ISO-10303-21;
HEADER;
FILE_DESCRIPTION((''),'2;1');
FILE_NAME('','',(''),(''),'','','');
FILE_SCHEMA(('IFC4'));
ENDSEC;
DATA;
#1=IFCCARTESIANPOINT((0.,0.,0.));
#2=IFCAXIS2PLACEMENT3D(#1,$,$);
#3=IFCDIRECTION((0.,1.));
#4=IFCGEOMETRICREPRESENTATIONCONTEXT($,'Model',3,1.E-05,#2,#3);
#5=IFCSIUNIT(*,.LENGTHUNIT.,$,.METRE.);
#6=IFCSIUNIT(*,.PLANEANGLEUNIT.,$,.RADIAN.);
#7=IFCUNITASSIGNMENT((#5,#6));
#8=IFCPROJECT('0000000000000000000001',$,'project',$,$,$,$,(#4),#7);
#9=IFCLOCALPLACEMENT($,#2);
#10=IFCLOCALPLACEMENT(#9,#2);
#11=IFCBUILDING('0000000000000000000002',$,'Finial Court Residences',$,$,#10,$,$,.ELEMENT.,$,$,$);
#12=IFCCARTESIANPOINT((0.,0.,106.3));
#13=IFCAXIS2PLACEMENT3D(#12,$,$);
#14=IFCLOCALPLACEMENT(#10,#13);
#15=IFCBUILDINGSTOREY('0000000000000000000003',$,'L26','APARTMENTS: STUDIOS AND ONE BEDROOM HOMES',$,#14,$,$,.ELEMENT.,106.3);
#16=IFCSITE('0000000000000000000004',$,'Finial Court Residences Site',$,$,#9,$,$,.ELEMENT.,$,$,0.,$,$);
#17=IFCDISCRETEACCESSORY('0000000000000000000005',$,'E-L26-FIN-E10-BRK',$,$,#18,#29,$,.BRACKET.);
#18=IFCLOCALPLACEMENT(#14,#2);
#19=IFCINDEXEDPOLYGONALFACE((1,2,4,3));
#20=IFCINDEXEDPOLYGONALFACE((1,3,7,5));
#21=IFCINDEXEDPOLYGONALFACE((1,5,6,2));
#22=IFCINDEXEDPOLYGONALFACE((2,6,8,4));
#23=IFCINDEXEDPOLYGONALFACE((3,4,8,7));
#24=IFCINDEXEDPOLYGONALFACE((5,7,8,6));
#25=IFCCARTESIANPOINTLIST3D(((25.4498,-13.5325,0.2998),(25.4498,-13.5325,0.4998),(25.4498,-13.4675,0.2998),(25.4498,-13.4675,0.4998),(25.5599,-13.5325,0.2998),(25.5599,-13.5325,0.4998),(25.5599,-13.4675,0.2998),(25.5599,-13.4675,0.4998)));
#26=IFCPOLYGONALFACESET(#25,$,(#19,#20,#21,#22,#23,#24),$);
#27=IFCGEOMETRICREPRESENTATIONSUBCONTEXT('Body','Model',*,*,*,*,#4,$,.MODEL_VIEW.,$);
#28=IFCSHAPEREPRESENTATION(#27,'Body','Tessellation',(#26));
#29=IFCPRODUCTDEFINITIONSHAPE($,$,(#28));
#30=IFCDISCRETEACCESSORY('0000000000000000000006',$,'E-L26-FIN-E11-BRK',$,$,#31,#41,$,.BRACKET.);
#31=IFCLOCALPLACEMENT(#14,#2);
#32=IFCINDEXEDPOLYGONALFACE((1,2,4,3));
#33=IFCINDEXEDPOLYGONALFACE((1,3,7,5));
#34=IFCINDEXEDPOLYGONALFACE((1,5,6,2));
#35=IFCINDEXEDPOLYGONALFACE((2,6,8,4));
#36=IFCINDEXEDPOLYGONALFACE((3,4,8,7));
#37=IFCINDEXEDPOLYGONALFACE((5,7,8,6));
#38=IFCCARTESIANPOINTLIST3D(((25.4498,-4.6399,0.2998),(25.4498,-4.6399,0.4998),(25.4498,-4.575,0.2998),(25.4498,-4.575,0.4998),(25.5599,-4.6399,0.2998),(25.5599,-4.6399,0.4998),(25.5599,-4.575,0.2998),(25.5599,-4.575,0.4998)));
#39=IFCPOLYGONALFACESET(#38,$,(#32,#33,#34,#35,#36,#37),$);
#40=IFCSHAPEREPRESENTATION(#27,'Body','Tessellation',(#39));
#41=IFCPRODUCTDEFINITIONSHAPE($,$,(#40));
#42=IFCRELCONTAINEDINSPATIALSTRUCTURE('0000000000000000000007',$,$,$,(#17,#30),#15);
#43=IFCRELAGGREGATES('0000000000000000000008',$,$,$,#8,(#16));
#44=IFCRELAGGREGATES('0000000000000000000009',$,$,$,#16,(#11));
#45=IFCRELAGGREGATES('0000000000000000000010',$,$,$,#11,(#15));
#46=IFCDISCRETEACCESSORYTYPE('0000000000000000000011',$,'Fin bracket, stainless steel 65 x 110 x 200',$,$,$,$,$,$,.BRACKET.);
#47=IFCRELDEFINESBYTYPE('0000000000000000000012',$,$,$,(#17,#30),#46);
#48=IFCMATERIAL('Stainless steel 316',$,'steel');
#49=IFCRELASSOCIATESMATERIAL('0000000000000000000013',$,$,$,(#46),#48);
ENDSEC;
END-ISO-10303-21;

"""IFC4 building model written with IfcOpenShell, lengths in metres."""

from ifc_helpers import new_model, si_unit, direction, frame, origin, origin_2d, place, context, subcontext, project, spatial, rectangle, extrude, material, type_object, element, save


model = new_model("IFC4")

# Units and contexts
model_context = context("Model", 3, precision=1e-05, world=origin(), true_north=direction((0.0, 1.0)))
body_context = subcontext(model_context, "Body", "Model", "MODEL_VIEW")
ifc_project = project(units=[si_unit("LENGTHUNIT", "METRE"), si_unit("PLANEANGLEUNIT", "RADIAN")], contexts=[model_context])

# Site, building, storey
site_placement = place(None, origin())
site = spatial("IfcSite", under=ifc_project, at=site_placement, Name="Finial Court Residences Site", CompositionType="ELEMENT", RefElevation=0.0)
building_placement = place(site_placement, origin())
building = spatial("IfcBuilding", under=site, at=building_placement, Name="Finial Court Residences", CompositionType="ELEMENT")
storey_placement = place(building_placement, frame((0.0, 0.0, 106.3)))
storey = spatial("IfcBuildingStorey", under=building, at=storey_placement, Name="L26", Description="APARTMENTS: STUDIOS AND ONE BEDROOM HOMES", CompositionType="ELEMENT", Elevation=106.3)

# Discrete accessories
ifc_material_1 = material(Name="Stainless steel 316", Category="steel")
discrete_accessory_type = type_object("IfcDiscreteAccessoryType", Name="Fin bracket, stainless steel 65 x 110 x 200", PredefinedType="BRACKET", material=ifc_material_1)
for number, where, z_axis, x_axis, name in (
    (1, (25.5049, -13.5, 0.2998), (0.0, 0.0, 1.0), (1.0, 0.0, 0.0), "E-L26-FIN-E10-BRK"),
    (2, (25.5049, -4.6074, 0.2998), (0.0, 0.0, 1.0), (1.0, 0.0, 0.0), "E-L26-FIN-E11-BRK"),
):
    element("IfcDiscreteAccessory", number, at=place(storey_placement, frame(where, z_axis=z_axis, x_axis=x_axis)), inside=storey, type_object=discrete_accessory_type, Name=name, PredefinedType="BRACKET", context=body_context, shape_type="SweptSolid", body=[
        extrude(rectangle(XDim=0.1101, YDim=0.0649, at=origin_2d()), origin(), (0.0, 0.0, 1.0), 0.2),
    ])

save(model, "model.ifc")
